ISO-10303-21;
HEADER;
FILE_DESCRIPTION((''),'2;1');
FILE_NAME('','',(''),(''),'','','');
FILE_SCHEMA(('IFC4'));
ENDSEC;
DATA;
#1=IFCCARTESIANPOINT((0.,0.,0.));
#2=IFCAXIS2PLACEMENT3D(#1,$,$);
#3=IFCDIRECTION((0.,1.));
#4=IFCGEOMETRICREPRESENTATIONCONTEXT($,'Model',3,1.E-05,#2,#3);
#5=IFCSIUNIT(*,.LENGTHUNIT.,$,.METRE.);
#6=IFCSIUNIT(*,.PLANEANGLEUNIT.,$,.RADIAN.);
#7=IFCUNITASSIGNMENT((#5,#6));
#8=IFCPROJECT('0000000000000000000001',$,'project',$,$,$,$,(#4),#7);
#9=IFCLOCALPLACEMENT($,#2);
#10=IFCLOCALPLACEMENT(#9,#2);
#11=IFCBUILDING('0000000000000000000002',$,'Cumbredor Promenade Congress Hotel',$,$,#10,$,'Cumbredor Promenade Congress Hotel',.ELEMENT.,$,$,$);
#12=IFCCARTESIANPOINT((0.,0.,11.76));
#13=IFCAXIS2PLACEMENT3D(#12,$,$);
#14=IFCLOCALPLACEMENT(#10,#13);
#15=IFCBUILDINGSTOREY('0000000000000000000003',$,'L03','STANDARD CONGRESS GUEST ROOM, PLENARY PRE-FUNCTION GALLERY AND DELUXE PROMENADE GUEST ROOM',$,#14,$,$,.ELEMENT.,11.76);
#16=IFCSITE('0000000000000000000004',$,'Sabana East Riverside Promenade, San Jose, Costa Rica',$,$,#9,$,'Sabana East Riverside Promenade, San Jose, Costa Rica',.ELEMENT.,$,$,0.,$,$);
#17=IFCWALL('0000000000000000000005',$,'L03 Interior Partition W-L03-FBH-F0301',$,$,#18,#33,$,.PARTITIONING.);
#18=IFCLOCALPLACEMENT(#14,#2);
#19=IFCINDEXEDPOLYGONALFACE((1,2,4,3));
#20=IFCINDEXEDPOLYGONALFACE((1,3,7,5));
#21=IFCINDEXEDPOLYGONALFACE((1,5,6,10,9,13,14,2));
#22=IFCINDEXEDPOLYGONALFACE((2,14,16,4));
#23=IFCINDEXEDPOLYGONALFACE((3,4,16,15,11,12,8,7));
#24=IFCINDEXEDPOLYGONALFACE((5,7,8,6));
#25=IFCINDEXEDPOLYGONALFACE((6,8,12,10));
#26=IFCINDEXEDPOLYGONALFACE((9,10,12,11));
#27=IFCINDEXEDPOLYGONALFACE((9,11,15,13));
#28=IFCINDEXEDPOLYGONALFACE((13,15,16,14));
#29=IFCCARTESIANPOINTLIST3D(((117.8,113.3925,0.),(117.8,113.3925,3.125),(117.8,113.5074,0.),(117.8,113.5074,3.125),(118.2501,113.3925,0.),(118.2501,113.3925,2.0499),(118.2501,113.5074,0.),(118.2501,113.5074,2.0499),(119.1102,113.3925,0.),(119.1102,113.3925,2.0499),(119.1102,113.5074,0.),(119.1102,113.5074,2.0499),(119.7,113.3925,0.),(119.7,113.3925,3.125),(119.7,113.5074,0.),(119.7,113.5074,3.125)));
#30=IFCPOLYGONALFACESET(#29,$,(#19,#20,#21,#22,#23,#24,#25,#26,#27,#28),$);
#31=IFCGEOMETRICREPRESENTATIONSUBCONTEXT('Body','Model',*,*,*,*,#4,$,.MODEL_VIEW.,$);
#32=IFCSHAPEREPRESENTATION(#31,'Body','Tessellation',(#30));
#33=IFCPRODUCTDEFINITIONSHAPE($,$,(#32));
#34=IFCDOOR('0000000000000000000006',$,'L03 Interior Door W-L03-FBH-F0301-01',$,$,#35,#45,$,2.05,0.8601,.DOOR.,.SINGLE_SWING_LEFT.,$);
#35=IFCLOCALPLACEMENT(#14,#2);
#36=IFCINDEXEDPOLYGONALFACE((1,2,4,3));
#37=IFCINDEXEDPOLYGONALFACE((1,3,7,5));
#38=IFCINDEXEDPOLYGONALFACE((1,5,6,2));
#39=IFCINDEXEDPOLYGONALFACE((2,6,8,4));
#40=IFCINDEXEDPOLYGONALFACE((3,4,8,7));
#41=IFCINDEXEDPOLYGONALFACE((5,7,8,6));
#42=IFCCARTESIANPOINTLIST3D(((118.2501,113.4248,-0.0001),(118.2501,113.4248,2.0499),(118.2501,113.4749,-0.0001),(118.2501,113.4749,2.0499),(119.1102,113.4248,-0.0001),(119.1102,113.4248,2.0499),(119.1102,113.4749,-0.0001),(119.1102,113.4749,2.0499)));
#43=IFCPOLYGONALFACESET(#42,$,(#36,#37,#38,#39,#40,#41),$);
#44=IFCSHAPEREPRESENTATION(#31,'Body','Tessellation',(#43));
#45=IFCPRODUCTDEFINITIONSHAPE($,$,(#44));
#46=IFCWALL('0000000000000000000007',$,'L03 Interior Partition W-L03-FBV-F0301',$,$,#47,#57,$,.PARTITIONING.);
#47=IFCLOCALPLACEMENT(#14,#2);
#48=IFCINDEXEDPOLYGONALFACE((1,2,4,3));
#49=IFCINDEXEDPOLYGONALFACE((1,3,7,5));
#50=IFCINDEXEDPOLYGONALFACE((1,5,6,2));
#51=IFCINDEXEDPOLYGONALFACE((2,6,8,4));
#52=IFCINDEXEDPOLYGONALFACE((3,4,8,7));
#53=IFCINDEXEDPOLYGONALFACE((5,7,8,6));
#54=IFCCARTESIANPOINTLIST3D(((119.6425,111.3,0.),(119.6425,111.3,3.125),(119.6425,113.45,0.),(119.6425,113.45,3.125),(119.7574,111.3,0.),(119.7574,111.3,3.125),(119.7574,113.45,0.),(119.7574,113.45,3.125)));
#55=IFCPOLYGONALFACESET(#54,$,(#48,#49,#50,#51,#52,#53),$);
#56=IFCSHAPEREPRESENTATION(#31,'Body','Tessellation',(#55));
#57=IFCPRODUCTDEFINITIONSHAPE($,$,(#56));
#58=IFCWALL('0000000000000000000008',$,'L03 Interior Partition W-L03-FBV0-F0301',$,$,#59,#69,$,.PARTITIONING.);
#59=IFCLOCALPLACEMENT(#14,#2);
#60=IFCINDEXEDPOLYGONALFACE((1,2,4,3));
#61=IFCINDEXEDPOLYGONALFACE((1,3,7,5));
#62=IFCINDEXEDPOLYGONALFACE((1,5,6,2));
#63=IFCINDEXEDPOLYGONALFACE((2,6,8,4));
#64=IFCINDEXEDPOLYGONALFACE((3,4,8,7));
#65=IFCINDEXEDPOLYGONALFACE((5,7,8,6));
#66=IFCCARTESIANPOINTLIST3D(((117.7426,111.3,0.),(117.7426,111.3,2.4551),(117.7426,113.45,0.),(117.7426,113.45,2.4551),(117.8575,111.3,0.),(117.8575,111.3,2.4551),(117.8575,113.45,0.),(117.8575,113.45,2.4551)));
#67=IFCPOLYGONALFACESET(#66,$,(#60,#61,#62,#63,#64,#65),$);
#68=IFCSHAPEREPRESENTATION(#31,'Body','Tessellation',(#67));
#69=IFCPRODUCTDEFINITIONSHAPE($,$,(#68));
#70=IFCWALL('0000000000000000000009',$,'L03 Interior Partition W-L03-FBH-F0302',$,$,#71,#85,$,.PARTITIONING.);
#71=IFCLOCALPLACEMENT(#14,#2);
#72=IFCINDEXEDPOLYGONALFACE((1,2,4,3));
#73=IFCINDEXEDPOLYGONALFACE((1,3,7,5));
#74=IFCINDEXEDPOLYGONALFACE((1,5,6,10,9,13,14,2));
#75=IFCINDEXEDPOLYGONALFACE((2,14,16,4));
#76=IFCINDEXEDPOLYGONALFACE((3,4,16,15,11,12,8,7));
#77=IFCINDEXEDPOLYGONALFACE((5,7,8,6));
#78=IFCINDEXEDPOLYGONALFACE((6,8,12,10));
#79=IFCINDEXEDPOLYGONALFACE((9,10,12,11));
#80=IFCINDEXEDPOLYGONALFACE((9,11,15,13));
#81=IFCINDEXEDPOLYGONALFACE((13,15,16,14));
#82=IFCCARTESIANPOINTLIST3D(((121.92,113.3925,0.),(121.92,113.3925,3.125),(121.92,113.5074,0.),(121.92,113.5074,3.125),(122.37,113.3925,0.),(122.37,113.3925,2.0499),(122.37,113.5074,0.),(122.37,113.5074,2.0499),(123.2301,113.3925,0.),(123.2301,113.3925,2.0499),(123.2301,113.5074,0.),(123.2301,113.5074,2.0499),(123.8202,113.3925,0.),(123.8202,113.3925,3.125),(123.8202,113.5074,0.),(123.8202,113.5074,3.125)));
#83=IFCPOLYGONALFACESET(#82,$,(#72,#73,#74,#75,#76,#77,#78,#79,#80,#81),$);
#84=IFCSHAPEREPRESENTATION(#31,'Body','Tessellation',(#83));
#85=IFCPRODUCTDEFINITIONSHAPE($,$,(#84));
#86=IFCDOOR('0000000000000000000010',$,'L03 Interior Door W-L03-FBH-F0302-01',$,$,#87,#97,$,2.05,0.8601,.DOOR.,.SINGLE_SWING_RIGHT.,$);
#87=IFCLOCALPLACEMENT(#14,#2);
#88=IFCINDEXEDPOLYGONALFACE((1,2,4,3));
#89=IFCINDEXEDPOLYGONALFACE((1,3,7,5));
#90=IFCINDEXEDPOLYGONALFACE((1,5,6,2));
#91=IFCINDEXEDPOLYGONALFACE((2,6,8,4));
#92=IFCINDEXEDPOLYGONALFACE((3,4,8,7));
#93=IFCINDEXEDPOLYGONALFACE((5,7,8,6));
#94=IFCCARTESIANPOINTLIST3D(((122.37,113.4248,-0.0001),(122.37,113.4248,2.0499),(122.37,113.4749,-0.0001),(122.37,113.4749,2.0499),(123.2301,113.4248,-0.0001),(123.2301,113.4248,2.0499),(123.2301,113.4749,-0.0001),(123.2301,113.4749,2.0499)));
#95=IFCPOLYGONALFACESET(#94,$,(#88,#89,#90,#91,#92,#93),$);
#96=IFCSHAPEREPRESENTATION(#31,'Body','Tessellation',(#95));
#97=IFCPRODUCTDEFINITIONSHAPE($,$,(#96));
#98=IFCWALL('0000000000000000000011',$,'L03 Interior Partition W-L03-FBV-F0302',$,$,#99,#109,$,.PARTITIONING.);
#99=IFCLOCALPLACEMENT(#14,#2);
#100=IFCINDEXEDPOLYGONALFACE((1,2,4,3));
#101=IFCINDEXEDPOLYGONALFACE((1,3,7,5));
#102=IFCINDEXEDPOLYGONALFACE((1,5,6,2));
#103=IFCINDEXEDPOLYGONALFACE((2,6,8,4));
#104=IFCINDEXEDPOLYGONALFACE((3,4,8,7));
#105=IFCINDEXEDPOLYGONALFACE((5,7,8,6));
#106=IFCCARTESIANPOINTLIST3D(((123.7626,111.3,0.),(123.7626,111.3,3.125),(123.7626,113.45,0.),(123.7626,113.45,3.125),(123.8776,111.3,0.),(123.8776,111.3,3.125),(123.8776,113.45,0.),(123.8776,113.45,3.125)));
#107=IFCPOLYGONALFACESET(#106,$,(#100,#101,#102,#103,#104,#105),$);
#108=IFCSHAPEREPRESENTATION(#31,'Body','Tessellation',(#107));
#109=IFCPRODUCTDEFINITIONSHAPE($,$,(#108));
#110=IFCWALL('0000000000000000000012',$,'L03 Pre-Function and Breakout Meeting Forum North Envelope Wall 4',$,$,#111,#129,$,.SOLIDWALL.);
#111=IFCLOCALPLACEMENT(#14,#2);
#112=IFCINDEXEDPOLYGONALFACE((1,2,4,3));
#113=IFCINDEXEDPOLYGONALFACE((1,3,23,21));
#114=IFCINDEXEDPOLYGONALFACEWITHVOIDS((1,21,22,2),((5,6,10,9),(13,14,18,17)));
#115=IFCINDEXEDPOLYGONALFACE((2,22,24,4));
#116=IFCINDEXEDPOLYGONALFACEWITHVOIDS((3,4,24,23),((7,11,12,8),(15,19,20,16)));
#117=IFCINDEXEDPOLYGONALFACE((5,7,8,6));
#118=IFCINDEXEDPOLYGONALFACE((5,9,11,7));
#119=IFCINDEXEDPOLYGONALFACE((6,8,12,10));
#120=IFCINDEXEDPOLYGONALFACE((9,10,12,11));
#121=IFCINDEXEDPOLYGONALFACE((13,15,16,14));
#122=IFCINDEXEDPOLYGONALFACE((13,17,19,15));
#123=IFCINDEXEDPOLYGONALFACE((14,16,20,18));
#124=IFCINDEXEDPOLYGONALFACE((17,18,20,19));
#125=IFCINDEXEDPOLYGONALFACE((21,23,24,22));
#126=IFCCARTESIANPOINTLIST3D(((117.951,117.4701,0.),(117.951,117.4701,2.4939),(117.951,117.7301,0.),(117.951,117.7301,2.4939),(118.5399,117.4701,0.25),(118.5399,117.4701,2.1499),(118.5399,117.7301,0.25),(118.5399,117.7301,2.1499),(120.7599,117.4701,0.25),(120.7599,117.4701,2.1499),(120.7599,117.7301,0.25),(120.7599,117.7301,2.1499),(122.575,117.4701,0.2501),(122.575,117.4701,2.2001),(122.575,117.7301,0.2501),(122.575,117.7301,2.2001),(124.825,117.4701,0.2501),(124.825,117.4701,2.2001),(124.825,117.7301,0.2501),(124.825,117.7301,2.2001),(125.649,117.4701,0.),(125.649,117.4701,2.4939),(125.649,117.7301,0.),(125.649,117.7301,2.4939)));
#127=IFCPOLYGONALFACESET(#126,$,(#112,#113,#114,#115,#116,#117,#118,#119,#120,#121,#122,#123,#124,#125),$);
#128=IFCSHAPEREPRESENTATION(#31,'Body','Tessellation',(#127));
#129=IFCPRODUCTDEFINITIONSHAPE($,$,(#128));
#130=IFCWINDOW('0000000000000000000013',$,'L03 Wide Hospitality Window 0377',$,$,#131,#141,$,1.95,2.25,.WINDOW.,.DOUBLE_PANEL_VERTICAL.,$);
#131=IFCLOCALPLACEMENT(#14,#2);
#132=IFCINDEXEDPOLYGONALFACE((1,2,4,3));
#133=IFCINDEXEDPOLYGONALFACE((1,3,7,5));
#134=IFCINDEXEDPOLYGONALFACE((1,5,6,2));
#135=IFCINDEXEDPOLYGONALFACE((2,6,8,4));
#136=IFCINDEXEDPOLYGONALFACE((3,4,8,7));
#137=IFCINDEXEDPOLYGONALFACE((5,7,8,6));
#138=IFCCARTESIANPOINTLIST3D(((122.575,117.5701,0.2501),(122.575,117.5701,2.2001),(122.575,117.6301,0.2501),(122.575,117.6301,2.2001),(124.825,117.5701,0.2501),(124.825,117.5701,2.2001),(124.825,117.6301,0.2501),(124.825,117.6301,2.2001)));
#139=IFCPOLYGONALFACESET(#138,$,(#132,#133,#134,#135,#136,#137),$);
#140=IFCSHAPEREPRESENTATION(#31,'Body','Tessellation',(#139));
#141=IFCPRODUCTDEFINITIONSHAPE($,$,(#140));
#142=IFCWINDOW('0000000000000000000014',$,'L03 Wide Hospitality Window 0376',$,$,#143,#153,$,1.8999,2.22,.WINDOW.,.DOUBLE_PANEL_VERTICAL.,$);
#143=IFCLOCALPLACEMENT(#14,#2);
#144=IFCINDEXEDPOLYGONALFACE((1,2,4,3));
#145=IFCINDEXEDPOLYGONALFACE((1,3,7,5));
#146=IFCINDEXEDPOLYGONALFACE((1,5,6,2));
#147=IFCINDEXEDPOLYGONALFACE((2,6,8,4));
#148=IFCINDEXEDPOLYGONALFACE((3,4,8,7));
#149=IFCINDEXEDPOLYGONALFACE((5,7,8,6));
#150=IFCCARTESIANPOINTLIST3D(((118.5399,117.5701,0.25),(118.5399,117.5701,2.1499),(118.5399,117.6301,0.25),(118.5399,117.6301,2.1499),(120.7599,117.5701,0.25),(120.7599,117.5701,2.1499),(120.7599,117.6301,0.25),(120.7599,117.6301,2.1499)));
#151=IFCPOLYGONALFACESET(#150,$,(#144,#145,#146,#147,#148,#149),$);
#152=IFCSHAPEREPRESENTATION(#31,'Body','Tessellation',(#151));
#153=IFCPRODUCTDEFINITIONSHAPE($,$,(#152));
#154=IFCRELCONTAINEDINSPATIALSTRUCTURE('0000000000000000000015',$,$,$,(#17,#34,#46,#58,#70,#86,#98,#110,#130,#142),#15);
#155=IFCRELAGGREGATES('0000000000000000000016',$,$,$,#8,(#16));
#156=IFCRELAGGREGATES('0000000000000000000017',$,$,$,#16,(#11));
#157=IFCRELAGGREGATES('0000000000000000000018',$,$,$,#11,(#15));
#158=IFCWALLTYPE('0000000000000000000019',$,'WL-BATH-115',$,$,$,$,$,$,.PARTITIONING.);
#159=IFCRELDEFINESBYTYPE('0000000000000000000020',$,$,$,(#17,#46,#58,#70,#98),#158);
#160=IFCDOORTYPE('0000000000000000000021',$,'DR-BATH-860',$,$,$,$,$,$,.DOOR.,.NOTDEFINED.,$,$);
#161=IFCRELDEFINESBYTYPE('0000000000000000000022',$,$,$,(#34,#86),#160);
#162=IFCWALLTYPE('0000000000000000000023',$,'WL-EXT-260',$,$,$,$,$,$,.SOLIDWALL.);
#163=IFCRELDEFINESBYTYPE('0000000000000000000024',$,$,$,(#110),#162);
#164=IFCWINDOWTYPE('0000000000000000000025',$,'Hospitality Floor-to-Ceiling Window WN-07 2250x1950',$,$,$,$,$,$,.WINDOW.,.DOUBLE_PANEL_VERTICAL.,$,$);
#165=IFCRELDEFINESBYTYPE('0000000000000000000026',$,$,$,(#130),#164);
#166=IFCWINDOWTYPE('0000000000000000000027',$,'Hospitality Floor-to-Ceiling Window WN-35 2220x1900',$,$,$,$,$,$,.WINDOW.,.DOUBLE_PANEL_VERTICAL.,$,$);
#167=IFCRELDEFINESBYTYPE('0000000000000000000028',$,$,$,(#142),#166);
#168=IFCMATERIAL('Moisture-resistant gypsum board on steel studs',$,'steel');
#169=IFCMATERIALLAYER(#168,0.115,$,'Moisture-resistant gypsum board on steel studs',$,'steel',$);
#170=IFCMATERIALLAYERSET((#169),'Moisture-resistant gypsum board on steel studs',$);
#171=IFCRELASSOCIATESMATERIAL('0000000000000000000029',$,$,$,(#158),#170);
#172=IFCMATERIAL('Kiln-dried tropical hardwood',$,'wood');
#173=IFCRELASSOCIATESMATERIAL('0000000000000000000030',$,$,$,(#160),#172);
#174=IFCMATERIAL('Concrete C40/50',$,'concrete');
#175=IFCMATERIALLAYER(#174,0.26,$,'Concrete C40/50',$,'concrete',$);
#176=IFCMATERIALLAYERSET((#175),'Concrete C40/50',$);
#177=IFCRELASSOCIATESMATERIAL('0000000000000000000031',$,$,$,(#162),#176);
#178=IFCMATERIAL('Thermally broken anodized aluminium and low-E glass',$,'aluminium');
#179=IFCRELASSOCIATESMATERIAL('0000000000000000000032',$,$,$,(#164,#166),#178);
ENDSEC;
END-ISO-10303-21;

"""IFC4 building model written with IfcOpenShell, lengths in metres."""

from ifc_helpers import new_model, si_unit, direction, frame, frame_2d, origin, place, context, subcontext, project, spatial, rectangle, extrude, material, layer, layer_set, type_object, element, fill, save


model = new_model("IFC4")

# Units and contexts
model_context = context("Model", 3, precision=1e-05, world=origin(), true_north=direction((0.0, 1.0)))
body_context = subcontext(model_context, "Body", "Model", "MODEL_VIEW")
ifc_project = project(units=[si_unit("LENGTHUNIT", "METRE"), si_unit("PLANEANGLEUNIT", "RADIAN")], contexts=[model_context])

# Site, building, storey
site_placement = place(None, origin())
site = spatial("IfcSite", under=ifc_project, at=site_placement, Name="Sabana East Riverside Promenade, San Jose, Costa Rica", LongName="Sabana East Riverside Promenade, San Jose, Costa Rica", CompositionType="ELEMENT", RefElevation=0.0)
building_placement = place(site_placement, origin())
building = spatial("IfcBuilding", under=site, at=building_placement, Name="Cumbredor Promenade Congress Hotel", LongName="Cumbredor Promenade Congress Hotel", CompositionType="ELEMENT")
storey_placement = place(building_placement, frame((0.0, 0.0, 11.76)))
storey = spatial("IfcBuildingStorey", under=building, at=storey_placement, Name="L03", Description="STANDARD CONGRESS GUEST ROOM, PLENARY PRE-FUNCTION GALLERY AND DELUXE PROMENADE GUEST ROOM", CompositionType="ELEMENT", Elevation=11.76)

# Shared definitions
ifc_material_1 = material(Name="Concrete C40/50", Category="concrete")

# Shared definitions
ifc_material_2 = material(Name="Thermally broken anodized aluminium and low-E glass", Category="aluminium")

# Shared definitions
ifc_material_3 = material(Name="Kiln-dried tropical hardwood", Category="wood")

# Wall, opening, door
ifc_material_4 = material(Name="Moisture-resistant gypsum board on steel studs", Category="steel")
ifc_layer_1 = layer(ifc_material_4, 0.115, Name="Moisture-resistant gypsum board on steel studs", Category="steel")
ifc_layer_set_1 = layer_set([ifc_layer_1], Name="Moisture-resistant gypsum board on steel studs")
wall_type_1 = type_object("IfcWallType", Name="WL-BATH-115", PredefinedType="PARTITIONING", material=ifc_layer_set_1)
wall_1_placement = place(storey_placement, frame((117.8, 113.45, 0.0), z_axis=(0.0, 0.0, 1.0), x_axis=(1.0, 0.0, 0.0)))
wall_1 = element("IfcWall", 1, at=wall_1_placement, inside=storey, type_object=wall_type_1, Name="L03 Interior Partition W-L03-FBH-F0301", PredefinedType="PARTITIONING", context=body_context, shape_type="SweptSolid", body=[
    extrude(rectangle(XDim=1.8999, YDim=0.115, at=frame_2d((0.95, 0.0))), origin(), (0.0, 0.0, 1.0), 3.125),
])
opening_1_placement = place(wall_1_placement, frame((0.45, 0.0, 0.0)))
opening_1 = element("IfcOpeningElement", 2, at=opening_1_placement, cuts=wall_1, PredefinedType="OPENING", context=body_context, shape_type="SweptSolid", body=[
    extrude(rectangle(XDim=0.8601, YDim=2.05, at=frame_2d((0.4302, 1.0249))), frame((0.0, 0.0674, 0.0), z_axis=(0.0, -1.0, 0.0), x_axis=(1.0, 0.0, 0.0)), (0.0, 0.0, 1.0), 0.135),
])
door_type = type_object("IfcDoorType", Name="DR-BATH-860", OperationType="NOTDEFINED", PredefinedType="DOOR", material=ifc_material_3)
door_1_placement = place(opening_1_placement, origin())
door_1 = element("IfcDoor", 3, at=door_1_placement, inside=storey, type_object=door_type, Name="L03 Interior Door W-L03-FBH-F0301-01", OperationType="SINGLE_SWING_LEFT", OverallHeight=2.05, OverallWidth=0.8601, PredefinedType="DOOR", context=body_context, shape_type="SweptSolid", body=[
    extrude(rectangle(XDim=0.8601, YDim=2.05, at=frame_2d((0.4302, 1.0249))), frame((0.0, 0.0249, 0.0), z_axis=(0.0, -1.0, 0.0), x_axis=(1.0, 0.0, 0.0)), (0.0, 0.0, 1.0), 0.05),
])
fill(opening_1, door_1)

# Walls
wall_2_placement = place(storey_placement, frame((119.7, 111.3, 0.0), z_axis=(0.0, 0.0, 1.0), x_axis=(0.0, 1.0, 0.0)))
element("IfcWall", 4, at=wall_2_placement, inside=storey, type_object=wall_type_1, Name="L03 Interior Partition W-L03-FBV-F0301", PredefinedType="PARTITIONING", context=body_context, shape_type="SweptSolid", body=[
    extrude(rectangle(XDim=2.1499, YDim=0.115, at=frame_2d((1.075, 0.0))), origin(), (0.0, 0.0, 1.0), 3.125),
])
wall_3_placement = place(storey_placement, frame((117.8, 111.3, 0.0), z_axis=(0.0, 0.0, 1.0), x_axis=(0.0, 1.0, 0.0)))
element("IfcWall", 5, at=wall_3_placement, inside=storey, type_object=wall_type_1, Name="L03 Interior Partition W-L03-FBV0-F0301", PredefinedType="PARTITIONING", context=body_context, shape_type="SweptSolid", body=[
    extrude(rectangle(XDim=2.1499, YDim=0.115, at=frame_2d((1.075, 0.0))), origin(), (0.0, 0.0, 1.0), 2.4551),
])

# Wall, opening, door
wall_4_placement = place(storey_placement, frame((121.9199, 113.45, 0.0), z_axis=(0.0, 0.0, 1.0), x_axis=(1.0, 0.0, 0.0)))
wall_4 = element("IfcWall", 6, at=wall_4_placement, inside=storey, type_object=wall_type_1, Name="L03 Interior Partition W-L03-FBH-F0302", PredefinedType="PARTITIONING", context=body_context, shape_type="SweptSolid", body=[
    extrude(rectangle(XDim=1.9001, YDim=0.115, at=frame_2d((0.9502, 0.0))), origin(), (0.0, 0.0, 1.0), 3.125),
])
opening_2_placement = place(wall_4_placement, frame((0.45, 0.0, 0.0)))
opening_2 = element("IfcOpeningElement", 7, at=opening_2_placement, cuts=wall_4, PredefinedType="OPENING", context=body_context, shape_type="SweptSolid", body=[
    extrude(rectangle(XDim=0.8601, YDim=2.05, at=frame_2d((0.4302, 1.0249))), frame((0.0, 0.0674, 0.0), z_axis=(0.0, -1.0, 0.0), x_axis=(1.0, 0.0, 0.0)), (0.0, 0.0, 1.0), 0.135),
])
door_2_placement = place(opening_2_placement, origin())
door_2 = element("IfcDoor", 8, at=door_2_placement, inside=storey, type_object=door_type, Name="L03 Interior Door W-L03-FBH-F0302-01", OperationType="SINGLE_SWING_RIGHT", OverallHeight=2.05, OverallWidth=0.8601, PredefinedType="DOOR", context=body_context, shape_type="SweptSolid", body=[
    extrude(rectangle(XDim=0.8601, YDim=2.05, at=frame_2d((0.4302, 1.0249))), frame((0.0, 0.0249, 0.0), z_axis=(0.0, -1.0, 0.0), x_axis=(1.0, 0.0, 0.0)), (0.0, 0.0, 1.0), 0.05),
])
fill(opening_2, door_2)

# Wall
wall_5_placement = place(storey_placement, frame((123.8201, 111.3, 0.0), z_axis=(0.0, 0.0, 1.0), x_axis=(0.0, 1.0, 0.0)))
element("IfcWall", 9, at=wall_5_placement, inside=storey, type_object=wall_type_1, Name="L03 Interior Partition W-L03-FBV-F0302", PredefinedType="PARTITIONING", context=body_context, shape_type="SweptSolid", body=[
    extrude(rectangle(XDim=2.1499, YDim=0.115, at=frame_2d((1.075, 0.0))), origin(), (0.0, 0.0, 1.0), 3.125),
])

# Wall, openings, windows
ifc_layer_2 = layer(ifc_material_1, 0.26, Name="Concrete C40/50", Category="concrete")
ifc_layer_set_2 = layer_set([ifc_layer_2], Name="Concrete C40/50")
wall_type_2 = type_object("IfcWallType", Name="WL-EXT-260", PredefinedType="SOLIDWALL", material=ifc_layer_set_2)
wall_6_placement = place(storey_placement, frame((117.9509, 117.6001, 0.0), z_axis=(0.0, 0.0, 1.0), x_axis=(1.0, 0.0, 0.0)))
wall_6 = element("IfcWall", 10, at=wall_6_placement, inside=storey, type_object=wall_type_2, Name="L03 Pre-Function and Breakout Meeting Forum North Envelope Wall 4", PredefinedType="SOLIDWALL", context=body_context, shape_type="SweptSolid", body=[
    extrude(rectangle(XDim=7.698, YDim=0.26, at=frame_2d((3.8491, 0.0))), origin(), (0.0, 0.0, 1.0), 2.4939),
])
opening_3_placement = place(wall_6_placement, frame((0.5891, 0.0, 0.25)))
opening_3 = element("IfcOpeningElement", 11, at=opening_3_placement, cuts=wall_6, PredefinedType="OPENING", context=body_context, shape_type="SweptSolid", body=[
    extrude(rectangle(XDim=2.22, YDim=1.8999, at=frame_2d((1.1099, 0.95))), frame((0.0, 0.1401, 0.0), z_axis=(0.0, -1.0, 0.0), x_axis=(1.0, 0.0, 0.0)), (0.0, 0.0, 1.0), 0.28),
])
opening_4_placement = place(wall_6_placement, frame((4.624, 0.0, 0.25)))
opening_4 = element("IfcOpeningElement", 12, at=opening_4_placement, cuts=wall_6, PredefinedType="OPENING", context=body_context, shape_type="SweptSolid", body=[
    extrude(rectangle(XDim=2.25, YDim=1.95, at=frame_2d((1.125, 0.9751))), frame((0.0, 0.1401, 0.0), z_axis=(0.0, -1.0, 0.0), x_axis=(1.0, 0.0, 0.0)), (0.0, 0.0, 1.0), 0.28),
])
window_type_1 = type_object("IfcWindowType", Name="Hospitality Floor-to-Ceiling Window WN-07 2250x1950", PartitioningType="DOUBLE_PANEL_VERTICAL", PredefinedType="WINDOW", material=ifc_material_2)
window_1_placement = place(opening_4_placement, origin())
window_1 = element("IfcWindow", 13, at=window_1_placement, inside=storey, type_object=window_type_1, Name="L03 Wide Hospitality Window 0377", OverallHeight=1.95, OverallWidth=2.25, PartitioningType="DOUBLE_PANEL_VERTICAL", PredefinedType="WINDOW", context=body_context, shape_type="SweptSolid", body=[
    extrude(rectangle(XDim=2.25, YDim=1.95, at=frame_2d((1.125, 0.9751))), frame((0.0, 0.03, 0.0), z_axis=(0.0, -1.0, 0.0), x_axis=(1.0, 0.0, 0.0)), (0.0, 0.0, 1.0), 0.0601),
])
fill(opening_4, window_1)
window_type_2 = type_object("IfcWindowType", Name="Hospitality Floor-to-Ceiling Window WN-35 2220x1900", PartitioningType="DOUBLE_PANEL_VERTICAL", PredefinedType="WINDOW", material=ifc_material_2)
window_2_placement = place(opening_3_placement, origin())
window_2 = element("IfcWindow", 14, at=window_2_placement, inside=storey, type_object=window_type_2, Name="L03 Wide Hospitality Window 0376", OverallHeight=1.8999, OverallWidth=2.22, PartitioningType="DOUBLE_PANEL_VERTICAL", PredefinedType="WINDOW", context=body_context, shape_type="SweptSolid", body=[
    extrude(rectangle(XDim=2.22, YDim=1.8999, at=frame_2d((1.1099, 0.95))), frame((0.0, 0.03, 0.0), z_axis=(0.0, -1.0, 0.0), x_axis=(1.0, 0.0, 0.0)), (0.0, 0.0, 1.0), 0.0601),
])
fill(opening_3, window_2)

save(model, "model.ifc")
